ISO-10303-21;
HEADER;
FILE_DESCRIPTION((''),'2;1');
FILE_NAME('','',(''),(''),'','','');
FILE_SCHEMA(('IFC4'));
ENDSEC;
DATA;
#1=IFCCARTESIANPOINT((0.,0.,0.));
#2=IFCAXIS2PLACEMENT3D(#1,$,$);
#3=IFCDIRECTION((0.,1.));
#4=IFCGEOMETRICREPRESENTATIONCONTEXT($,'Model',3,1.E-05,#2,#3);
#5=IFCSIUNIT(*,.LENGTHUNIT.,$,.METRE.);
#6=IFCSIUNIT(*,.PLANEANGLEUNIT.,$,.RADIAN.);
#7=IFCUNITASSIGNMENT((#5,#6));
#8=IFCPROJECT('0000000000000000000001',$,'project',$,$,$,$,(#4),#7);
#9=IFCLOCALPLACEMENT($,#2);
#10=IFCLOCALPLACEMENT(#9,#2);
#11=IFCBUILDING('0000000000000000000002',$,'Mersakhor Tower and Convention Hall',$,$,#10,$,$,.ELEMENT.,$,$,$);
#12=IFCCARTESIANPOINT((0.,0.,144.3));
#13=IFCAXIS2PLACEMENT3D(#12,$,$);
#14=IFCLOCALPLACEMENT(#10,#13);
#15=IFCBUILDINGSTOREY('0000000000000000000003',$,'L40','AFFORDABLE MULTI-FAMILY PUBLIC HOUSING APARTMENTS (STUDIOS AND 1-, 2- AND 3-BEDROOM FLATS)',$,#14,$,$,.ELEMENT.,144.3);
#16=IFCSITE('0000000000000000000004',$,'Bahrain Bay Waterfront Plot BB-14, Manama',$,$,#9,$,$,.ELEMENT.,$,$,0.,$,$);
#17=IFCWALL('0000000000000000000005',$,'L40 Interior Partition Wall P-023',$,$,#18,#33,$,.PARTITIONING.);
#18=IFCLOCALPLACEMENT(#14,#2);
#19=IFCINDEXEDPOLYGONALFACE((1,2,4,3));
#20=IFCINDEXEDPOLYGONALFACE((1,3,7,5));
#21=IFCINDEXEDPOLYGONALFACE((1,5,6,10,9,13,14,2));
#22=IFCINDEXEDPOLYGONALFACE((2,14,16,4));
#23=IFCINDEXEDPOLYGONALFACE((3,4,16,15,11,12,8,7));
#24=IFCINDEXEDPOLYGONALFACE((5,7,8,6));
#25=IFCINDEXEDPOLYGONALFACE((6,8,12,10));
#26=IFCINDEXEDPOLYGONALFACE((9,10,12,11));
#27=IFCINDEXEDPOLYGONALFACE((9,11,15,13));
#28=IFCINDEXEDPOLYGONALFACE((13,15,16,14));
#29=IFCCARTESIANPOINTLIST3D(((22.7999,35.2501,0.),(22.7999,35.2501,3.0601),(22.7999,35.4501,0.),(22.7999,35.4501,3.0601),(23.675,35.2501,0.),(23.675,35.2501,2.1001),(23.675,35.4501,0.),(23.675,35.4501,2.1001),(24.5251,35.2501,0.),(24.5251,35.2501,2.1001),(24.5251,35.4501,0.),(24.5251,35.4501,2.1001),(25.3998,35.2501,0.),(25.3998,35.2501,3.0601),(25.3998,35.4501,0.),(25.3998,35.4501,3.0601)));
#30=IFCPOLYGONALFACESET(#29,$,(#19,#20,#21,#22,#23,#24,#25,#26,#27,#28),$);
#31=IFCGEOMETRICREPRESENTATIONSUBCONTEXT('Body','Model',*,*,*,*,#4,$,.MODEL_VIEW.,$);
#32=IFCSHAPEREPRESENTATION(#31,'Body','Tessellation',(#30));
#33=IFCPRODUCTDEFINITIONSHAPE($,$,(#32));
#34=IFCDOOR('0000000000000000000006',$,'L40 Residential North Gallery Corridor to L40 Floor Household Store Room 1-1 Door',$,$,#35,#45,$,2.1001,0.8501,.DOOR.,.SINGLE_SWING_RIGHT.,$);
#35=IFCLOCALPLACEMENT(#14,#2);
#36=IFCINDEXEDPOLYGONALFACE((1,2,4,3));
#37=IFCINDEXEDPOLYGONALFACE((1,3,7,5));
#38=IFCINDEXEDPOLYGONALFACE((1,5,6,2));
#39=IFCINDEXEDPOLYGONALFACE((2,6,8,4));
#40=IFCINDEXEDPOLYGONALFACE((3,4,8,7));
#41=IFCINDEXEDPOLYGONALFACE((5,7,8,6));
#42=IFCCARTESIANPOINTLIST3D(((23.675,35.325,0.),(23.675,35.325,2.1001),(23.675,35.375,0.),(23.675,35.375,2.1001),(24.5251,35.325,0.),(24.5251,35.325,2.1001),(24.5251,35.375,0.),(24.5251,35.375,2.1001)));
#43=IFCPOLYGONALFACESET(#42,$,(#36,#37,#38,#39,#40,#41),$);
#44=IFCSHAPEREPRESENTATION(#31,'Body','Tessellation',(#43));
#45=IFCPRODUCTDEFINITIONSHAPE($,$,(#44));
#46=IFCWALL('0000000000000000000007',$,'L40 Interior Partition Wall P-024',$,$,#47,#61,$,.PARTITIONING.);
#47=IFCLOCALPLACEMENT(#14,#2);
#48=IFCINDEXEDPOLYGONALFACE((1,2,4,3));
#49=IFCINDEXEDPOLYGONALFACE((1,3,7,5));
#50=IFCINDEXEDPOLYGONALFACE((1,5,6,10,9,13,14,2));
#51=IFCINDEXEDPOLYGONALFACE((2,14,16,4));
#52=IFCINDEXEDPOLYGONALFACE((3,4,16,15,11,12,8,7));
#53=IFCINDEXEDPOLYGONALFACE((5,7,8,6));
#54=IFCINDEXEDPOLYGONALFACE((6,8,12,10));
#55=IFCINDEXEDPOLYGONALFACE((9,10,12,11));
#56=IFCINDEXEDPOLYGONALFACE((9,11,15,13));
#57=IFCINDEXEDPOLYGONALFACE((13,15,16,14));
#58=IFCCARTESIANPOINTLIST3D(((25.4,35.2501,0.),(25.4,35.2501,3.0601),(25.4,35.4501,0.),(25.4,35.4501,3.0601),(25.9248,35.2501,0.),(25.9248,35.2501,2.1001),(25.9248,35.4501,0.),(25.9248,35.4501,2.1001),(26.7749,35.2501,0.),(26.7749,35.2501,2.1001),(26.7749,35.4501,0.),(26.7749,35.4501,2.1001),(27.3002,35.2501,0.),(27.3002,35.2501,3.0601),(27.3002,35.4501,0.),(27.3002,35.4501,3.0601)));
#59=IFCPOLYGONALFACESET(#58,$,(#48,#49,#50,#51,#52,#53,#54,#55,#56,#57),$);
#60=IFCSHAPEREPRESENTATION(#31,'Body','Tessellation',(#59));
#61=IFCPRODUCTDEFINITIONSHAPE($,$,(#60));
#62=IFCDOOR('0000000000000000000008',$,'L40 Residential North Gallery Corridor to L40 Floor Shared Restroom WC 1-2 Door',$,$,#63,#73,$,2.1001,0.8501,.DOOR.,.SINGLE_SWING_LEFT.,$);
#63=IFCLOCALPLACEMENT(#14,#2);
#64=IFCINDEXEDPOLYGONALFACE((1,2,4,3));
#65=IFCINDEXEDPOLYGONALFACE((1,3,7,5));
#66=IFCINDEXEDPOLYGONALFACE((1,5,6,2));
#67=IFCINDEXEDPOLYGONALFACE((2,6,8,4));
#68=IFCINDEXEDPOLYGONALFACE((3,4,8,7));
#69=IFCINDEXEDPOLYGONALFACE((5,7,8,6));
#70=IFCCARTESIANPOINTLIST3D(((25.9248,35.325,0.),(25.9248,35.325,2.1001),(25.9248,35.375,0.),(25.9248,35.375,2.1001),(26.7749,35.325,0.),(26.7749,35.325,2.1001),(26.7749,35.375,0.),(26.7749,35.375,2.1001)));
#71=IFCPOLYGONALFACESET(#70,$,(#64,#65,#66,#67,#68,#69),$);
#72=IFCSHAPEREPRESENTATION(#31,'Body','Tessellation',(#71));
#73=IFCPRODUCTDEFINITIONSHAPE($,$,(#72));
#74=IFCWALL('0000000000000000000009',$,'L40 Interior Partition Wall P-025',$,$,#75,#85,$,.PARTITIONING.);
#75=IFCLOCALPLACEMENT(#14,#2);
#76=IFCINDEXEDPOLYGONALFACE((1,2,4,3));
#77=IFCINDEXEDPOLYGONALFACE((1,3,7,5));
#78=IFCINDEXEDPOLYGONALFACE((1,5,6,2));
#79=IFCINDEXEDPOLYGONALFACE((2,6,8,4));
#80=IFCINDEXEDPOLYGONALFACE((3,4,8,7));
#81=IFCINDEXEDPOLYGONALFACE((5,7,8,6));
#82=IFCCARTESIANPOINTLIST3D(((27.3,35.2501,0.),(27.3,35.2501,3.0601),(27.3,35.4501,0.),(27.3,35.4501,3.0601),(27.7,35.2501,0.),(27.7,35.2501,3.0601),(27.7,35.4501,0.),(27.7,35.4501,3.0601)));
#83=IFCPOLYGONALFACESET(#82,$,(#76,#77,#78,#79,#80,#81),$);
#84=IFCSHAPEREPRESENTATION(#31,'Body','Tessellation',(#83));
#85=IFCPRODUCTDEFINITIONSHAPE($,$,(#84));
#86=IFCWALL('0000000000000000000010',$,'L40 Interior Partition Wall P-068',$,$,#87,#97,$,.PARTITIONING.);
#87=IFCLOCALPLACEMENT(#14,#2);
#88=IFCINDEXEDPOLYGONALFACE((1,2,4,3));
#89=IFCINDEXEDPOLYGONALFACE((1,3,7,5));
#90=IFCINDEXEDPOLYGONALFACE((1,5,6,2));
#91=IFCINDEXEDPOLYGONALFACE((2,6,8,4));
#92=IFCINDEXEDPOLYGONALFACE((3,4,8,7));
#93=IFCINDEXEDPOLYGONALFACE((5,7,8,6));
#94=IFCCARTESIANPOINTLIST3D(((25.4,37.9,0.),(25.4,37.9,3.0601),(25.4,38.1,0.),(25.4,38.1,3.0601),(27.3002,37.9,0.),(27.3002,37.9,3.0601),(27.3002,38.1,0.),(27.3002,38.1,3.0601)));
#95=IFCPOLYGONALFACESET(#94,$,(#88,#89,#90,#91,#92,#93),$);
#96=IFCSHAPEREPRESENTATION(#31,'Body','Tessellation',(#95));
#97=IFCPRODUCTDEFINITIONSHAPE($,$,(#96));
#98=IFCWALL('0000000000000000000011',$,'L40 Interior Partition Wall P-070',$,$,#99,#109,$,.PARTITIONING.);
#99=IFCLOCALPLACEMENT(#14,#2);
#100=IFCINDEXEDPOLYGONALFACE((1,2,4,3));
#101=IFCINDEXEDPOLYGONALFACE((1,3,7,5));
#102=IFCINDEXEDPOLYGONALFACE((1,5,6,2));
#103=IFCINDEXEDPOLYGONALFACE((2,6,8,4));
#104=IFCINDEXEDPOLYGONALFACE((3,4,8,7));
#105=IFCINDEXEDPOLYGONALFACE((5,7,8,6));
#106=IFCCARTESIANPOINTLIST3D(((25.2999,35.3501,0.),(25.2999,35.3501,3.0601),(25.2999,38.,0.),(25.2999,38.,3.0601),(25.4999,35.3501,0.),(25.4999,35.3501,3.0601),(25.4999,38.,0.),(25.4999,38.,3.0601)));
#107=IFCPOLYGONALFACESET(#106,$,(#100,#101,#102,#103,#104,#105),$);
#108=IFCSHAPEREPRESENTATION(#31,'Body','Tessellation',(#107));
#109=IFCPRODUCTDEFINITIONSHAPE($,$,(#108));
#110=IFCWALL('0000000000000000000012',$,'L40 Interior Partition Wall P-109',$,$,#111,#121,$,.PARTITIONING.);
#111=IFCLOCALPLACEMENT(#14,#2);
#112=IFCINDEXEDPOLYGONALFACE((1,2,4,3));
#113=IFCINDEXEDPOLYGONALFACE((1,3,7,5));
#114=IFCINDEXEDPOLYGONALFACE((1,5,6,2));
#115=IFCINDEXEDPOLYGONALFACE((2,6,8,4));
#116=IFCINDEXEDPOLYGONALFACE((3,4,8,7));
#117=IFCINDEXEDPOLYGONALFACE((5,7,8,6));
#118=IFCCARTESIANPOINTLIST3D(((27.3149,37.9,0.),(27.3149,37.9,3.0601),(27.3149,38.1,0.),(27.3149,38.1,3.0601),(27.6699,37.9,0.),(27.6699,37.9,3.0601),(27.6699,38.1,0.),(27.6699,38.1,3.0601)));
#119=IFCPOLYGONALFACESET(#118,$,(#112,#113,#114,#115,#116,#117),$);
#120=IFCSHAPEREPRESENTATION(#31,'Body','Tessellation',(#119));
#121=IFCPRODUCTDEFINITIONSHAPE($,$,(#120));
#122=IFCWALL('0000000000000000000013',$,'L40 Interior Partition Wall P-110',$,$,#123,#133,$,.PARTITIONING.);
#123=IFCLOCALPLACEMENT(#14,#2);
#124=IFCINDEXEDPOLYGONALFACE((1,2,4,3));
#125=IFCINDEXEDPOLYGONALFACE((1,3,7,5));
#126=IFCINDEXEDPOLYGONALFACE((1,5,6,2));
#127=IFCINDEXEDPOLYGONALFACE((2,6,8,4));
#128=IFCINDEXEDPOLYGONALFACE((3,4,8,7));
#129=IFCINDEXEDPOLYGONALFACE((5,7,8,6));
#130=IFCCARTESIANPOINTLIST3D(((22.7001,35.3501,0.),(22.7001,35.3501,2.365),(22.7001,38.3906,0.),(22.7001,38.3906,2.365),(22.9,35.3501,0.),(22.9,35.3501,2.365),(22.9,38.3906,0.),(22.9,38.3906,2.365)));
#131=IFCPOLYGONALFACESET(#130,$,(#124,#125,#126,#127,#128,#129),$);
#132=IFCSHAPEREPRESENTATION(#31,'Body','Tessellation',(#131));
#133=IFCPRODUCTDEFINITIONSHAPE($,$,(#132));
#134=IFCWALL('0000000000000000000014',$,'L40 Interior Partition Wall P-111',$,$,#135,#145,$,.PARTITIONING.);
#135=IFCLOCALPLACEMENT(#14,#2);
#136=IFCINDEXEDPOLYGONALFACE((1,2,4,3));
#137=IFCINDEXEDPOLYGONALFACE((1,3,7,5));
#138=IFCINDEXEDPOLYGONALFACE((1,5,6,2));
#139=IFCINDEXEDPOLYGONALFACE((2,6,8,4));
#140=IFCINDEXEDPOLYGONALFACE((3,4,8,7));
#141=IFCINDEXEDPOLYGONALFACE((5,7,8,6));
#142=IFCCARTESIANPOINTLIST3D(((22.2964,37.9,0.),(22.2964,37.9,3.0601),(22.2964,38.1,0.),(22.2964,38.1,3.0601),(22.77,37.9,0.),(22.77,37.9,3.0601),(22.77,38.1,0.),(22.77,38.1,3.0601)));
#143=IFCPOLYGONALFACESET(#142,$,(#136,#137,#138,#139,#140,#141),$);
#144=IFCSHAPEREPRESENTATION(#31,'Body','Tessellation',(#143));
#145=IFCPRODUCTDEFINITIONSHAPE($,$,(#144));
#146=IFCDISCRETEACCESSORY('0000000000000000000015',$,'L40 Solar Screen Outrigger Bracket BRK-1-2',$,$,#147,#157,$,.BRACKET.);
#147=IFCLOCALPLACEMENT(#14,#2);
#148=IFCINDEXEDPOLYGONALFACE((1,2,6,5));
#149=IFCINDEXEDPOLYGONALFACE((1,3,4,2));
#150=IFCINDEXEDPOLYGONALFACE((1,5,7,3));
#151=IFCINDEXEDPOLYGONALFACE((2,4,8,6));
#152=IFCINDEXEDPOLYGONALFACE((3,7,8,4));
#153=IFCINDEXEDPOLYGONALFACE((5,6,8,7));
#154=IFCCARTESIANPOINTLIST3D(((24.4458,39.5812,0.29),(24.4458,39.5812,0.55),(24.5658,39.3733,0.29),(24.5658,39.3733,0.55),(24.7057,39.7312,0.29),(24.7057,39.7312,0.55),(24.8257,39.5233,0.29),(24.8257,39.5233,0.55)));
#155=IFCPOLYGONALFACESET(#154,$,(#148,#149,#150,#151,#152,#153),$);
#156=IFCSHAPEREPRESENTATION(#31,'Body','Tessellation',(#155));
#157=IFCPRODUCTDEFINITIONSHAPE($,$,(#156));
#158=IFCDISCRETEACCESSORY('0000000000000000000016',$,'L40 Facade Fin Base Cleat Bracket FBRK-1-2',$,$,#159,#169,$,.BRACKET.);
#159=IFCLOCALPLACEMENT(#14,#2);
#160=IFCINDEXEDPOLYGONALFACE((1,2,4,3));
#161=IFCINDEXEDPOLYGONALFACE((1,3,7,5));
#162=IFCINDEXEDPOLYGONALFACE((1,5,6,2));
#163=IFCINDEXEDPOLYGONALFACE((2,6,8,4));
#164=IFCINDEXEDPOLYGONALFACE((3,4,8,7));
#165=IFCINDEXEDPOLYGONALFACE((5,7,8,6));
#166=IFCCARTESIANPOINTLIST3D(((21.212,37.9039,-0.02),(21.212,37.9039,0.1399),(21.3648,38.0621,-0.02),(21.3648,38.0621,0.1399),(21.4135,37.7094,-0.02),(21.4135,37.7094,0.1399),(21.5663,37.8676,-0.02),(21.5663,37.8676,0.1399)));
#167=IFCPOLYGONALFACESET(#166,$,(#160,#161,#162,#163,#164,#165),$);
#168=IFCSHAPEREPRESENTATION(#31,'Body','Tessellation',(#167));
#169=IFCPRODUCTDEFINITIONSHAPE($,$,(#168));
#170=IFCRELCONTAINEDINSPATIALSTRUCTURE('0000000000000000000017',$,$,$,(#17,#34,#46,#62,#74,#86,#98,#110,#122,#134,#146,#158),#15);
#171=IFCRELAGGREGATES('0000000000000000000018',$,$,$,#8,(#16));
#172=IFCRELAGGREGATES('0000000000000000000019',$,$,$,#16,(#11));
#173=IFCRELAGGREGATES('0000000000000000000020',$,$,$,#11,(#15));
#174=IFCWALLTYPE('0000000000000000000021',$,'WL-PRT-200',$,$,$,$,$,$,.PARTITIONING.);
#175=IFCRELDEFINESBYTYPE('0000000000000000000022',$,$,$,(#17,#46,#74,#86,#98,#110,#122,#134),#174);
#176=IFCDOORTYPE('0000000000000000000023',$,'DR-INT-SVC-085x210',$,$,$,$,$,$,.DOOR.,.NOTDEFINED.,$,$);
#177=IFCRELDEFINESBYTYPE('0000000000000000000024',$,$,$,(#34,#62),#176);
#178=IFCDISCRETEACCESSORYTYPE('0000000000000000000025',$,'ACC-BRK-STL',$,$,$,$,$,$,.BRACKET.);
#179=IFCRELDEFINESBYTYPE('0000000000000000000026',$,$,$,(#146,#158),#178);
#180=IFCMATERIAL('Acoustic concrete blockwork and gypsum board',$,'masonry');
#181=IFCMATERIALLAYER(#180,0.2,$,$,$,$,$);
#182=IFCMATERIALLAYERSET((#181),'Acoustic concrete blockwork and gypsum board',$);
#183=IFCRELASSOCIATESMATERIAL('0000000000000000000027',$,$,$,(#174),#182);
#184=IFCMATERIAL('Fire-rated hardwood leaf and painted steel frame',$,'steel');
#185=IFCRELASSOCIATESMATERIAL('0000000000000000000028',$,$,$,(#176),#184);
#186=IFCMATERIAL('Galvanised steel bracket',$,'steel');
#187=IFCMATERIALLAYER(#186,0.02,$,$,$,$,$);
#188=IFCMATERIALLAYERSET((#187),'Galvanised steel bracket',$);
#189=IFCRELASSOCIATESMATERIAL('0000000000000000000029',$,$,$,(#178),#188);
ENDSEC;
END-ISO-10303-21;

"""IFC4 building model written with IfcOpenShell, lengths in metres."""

from ifc_helpers import new_model, si_unit, direction, frame, frame_2d, origin, origin_2d, place, context, subcontext, project, spatial, rectangle, extrude, material, layer, layer_set, type_object, element, fill, save


model = new_model("IFC4")

# Units and contexts
model_context = context("Model", 3, precision=1e-05, world=origin(), true_north=direction((0.0, 1.0)))
body_context = subcontext(model_context, "Body", "Model", "MODEL_VIEW")
ifc_project = project(units=[si_unit("LENGTHUNIT", "METRE"), si_unit("PLANEANGLEUNIT", "RADIAN")], contexts=[model_context])

# Site, building, storey
site_placement = place(None, origin())
site = spatial("IfcSite", under=ifc_project, at=site_placement, Name="Bahrain Bay Waterfront Plot BB-14, Manama", CompositionType="ELEMENT", RefElevation=0.0)
building_placement = place(site_placement, origin())
building = spatial("IfcBuilding", under=site, at=building_placement, Name="Mersakhor Tower and Convention Hall", CompositionType="ELEMENT")
storey_placement = place(building_placement, frame((0.0, 0.0, 144.3)))
storey = spatial("IfcBuildingStorey", under=building, at=storey_placement, Name="L40", Description="AFFORDABLE MULTI-FAMILY PUBLIC HOUSING APARTMENTS (STUDIOS AND 1-, 2- AND 3-BEDROOM FLATS)", CompositionType="ELEMENT", Elevation=144.3)

# Shared definitions
ifc_material_1 = material(Name="Acoustic concrete blockwork and gypsum board", Category="masonry")
ifc_layer_1 = layer(ifc_material_1, 0.2)
ifc_layer_set_1 = layer_set([ifc_layer_1], Name="Acoustic concrete blockwork and gypsum board")
wall_type_1 = type_object("IfcWallType", Name="WL-PRT-200", PredefinedType="PARTITIONING", material=ifc_layer_set_1)

# Walls, openings, doors
wall_1_placement = place(storey_placement, frame((22.8, 35.3501, 0.0), z_axis=(0.0, 0.0, 1.0), x_axis=(1.0, 0.0, 0.0)))
wall_1 = element("IfcWall", 1, at=wall_1_placement, inside=storey, type_object=wall_type_1, Name="L40 Interior Partition Wall P-023", PredefinedType="PARTITIONING", context=body_context, shape_type="SweptSolid", body=[
    extrude(rectangle(XDim=2.5999, YDim=0.2, at=frame_2d((1.2998, 0.0))), origin(), (0.0, 0.0, 1.0), 3.0601),
])
opening_1_placement = place(wall_1_placement, frame((0.875, 0.0, 0.0)))
opening_1 = element("IfcOpeningElement", 2, at=opening_1_placement, cuts=wall_1, PredefinedType="OPENING", context=body_context, shape_type="SweptSolid", body=[
    extrude(rectangle(XDim=0.8501, YDim=2.1001, at=frame_2d((0.425, 1.05))), frame((0.0, 0.1099, 0.0), z_axis=(0.0, -1.0, 0.0), x_axis=(1.0, 0.0, 0.0)), (0.0, 0.0, 1.0), 0.22),
])
ifc_material_2 = material(Name="Fire-rated hardwood leaf and painted steel frame", Category="steel")
door_type = type_object("IfcDoorType", Name="DR-INT-SVC-085x210", OperationType="NOTDEFINED", PredefinedType="DOOR", material=ifc_material_2)
door_1_placement = place(opening_1_placement, origin())
door_1 = element("IfcDoor", 3, at=door_1_placement, inside=storey, type_object=door_type, Name="L40 Residential North Gallery Corridor to L40 Floor Household Store Room 1-1 Door", OperationType="SINGLE_SWING_RIGHT", OverallHeight=2.1001, OverallWidth=0.8501, PredefinedType="DOOR", context=body_context, shape_type="SweptSolid", body=[
    extrude(rectangle(XDim=0.8501, YDim=2.1001, at=frame_2d((0.425, 1.05))), frame((0.0, 0.0249, 0.0), z_axis=(0.0, -1.0, 0.0), x_axis=(1.0, 0.0, 0.0)), (0.0, 0.0, 1.0), 0.05),
])
fill(opening_1, door_1)
wall_2_placement = place(storey_placement, frame((25.3999, 35.3501, 0.0), z_axis=(0.0, 0.0, 1.0), x_axis=(1.0, 0.0, 0.0)))
wall_2 = element("IfcWall", 4, at=wall_2_placement, inside=storey, type_object=wall_type_1, Name="L40 Interior Partition Wall P-024", PredefinedType="PARTITIONING", context=body_context, shape_type="SweptSolid", body=[
    extrude(rectangle(XDim=1.9001, YDim=0.2, at=frame_2d((0.9502, 0.0))), origin(), (0.0, 0.0, 1.0), 3.0601),
])
opening_2_placement = place(wall_2_placement, frame((0.5249, 0.0, 0.0)))
opening_2 = element("IfcOpeningElement", 5, at=opening_2_placement, cuts=wall_2, PredefinedType="OPENING", context=body_context, shape_type="SweptSolid", body=[
    extrude(rectangle(XDim=0.8501, YDim=2.1001, at=frame_2d((0.425, 1.05))), frame((0.0, 0.1099, 0.0), z_axis=(0.0, -1.0, 0.0), x_axis=(1.0, 0.0, 0.0)), (0.0, 0.0, 1.0), 0.22),
])
door_2_placement = place(opening_2_placement, origin())
door_2 = element("IfcDoor", 6, at=door_2_placement, inside=storey, type_object=door_type, Name="L40 Residential North Gallery Corridor to L40 Floor Shared Restroom WC 1-2 Door", OperationType="SINGLE_SWING_LEFT", OverallHeight=2.1001, OverallWidth=0.8501, PredefinedType="DOOR", context=body_context, shape_type="SweptSolid", body=[
    extrude(rectangle(XDim=0.8501, YDim=2.1001, at=frame_2d((0.425, 1.05))), frame((0.0, 0.0249, 0.0), z_axis=(0.0, -1.0, 0.0), x_axis=(1.0, 0.0, 0.0)), (0.0, 0.0, 1.0), 0.05),
])
fill(opening_2, door_2)

# Walls
wall_3_placement = place(storey_placement, frame((27.3, 35.3501, 0.0), z_axis=(0.0, 0.0, 1.0), x_axis=(1.0, 0.0, 0.0)))
element("IfcWall", 7, at=wall_3_placement, inside=storey, type_object=wall_type_1, Name="L40 Interior Partition Wall P-025", PredefinedType="PARTITIONING", context=body_context, shape_type="SweptSolid", body=[
    extrude(rectangle(XDim=0.3999, YDim=0.2, at=frame_2d((0.2, 0.0))), origin(), (0.0, 0.0, 1.0), 3.0601),
])
wall_4_placement = place(storey_placement, frame((25.3999, 38.0, 0.0), z_axis=(0.0, 0.0, 1.0), x_axis=(1.0, 0.0, 0.0)))
element("IfcWall", 8, at=wall_4_placement, inside=storey, type_object=wall_type_1, Name="L40 Interior Partition Wall P-068", PredefinedType="PARTITIONING", context=body_context, shape_type="SweptSolid", body=[
    extrude(rectangle(XDim=1.9001, YDim=0.2, at=frame_2d((0.9502, 0.0))), origin(), (0.0, 0.0, 1.0), 3.0601),
])
wall_5_placement = place(storey_placement, frame((25.3999, 35.3501, 0.0), z_axis=(0.0, 0.0, 1.0), x_axis=(0.0, 1.0, 0.0)))
element("IfcWall", 9, at=wall_5_placement, inside=storey, type_object=wall_type_1, Name="L40 Interior Partition Wall P-070", PredefinedType="PARTITIONING", context=body_context, shape_type="SweptSolid", body=[
    extrude(rectangle(XDim=2.6499, YDim=0.2, at=frame_2d((1.325, 0.0))), origin(), (0.0, 0.0, 1.0), 3.0601),
])
wall_6_placement = place(storey_placement, frame((27.6699, 38.0, 0.0), z_axis=(0.0, 0.0, 1.0), x_axis=(-1.0, 0.0, 0.0)))
element("IfcWall", 10, at=wall_6_placement, inside=storey, type_object=wall_type_1, Name="L40 Interior Partition Wall P-109", PredefinedType="PARTITIONING", context=body_context, shape_type="SweptSolid", body=[
    extrude(rectangle(XDim=0.355, YDim=0.2, at=frame_2d((0.1775, 0.0))), origin(), (0.0, 0.0, 1.0), 3.0601),
])
wall_7_placement = place(storey_placement, frame((22.8, 35.3501, 0.0), z_axis=(0.0, 0.0, 1.0), x_axis=(0.0, 1.0, 0.0)))
element("IfcWall", 11, at=wall_7_placement, inside=storey, type_object=wall_type_1, Name="L40 Interior Partition Wall P-110", PredefinedType="PARTITIONING", context=body_context, shape_type="SweptSolid", body=[
    extrude(rectangle(XDim=3.0405, YDim=0.2, at=frame_2d((1.5203, 0.0))), origin(), (0.0, 0.0, 1.0), 2.365),
])
wall_8_placement = place(storey_placement, frame((22.77, 38.0, 0.0), z_axis=(0.0, 0.0, 1.0), x_axis=(-1.0, 0.0, 0.0)))
element("IfcWall", 12, at=wall_8_placement, inside=storey, type_object=wall_type_1, Name="L40 Interior Partition Wall P-111", PredefinedType="PARTITIONING", context=body_context, shape_type="SweptSolid", body=[
    extrude(rectangle(XDim=0.4736, YDim=0.2, at=frame_2d((0.2368, 0.0))), origin(), (0.0, 0.0, 1.0), 3.0601),
])

# Discrete accessories
ifc_material_3 = material(Name="Galvanised steel bracket", Category="steel")
ifc_layer_2 = layer(ifc_material_3, 0.02)
ifc_layer_set_2 = layer_set([ifc_layer_2], Name="Galvanised steel bracket")
discrete_accessory_type = type_object("IfcDiscreteAccessoryType", Name="ACC-BRK-STL", PredefinedType="BRACKET", material=ifc_layer_set_2)
discrete_accessory_1_placement = place(storey_placement, frame((24.6357, 39.5522, 0.29), z_axis=(0.0, 0.0, 1.0), x_axis=(0.866025, 0.5, 0.0)))
element("IfcDiscreteAccessory", 13, at=discrete_accessory_1_placement, inside=storey, type_object=discrete_accessory_type, Name="L40 Solar Screen Outrigger Bracket BRK-1-2", PredefinedType="BRACKET", context=body_context, shape_type="SweptSolid", body=[
    extrude(rectangle(XDim=0.3, YDim=0.24, at=origin_2d()), origin(), (0.0, 0.0, 1.0), 0.26),
])
discrete_accessory_2_placement = place(storey_placement, frame((21.3892, 37.8857, -0.02), z_axis=(0.0, 0.0, 1.0), x_axis=(-0.71934, 0.694658, 0.0)))
element("IfcDiscreteAccessory", 14, at=discrete_accessory_2_placement, inside=storey, type_object=discrete_accessory_type, Name="L40 Facade Fin Base Cleat Bracket FBRK-1-2", PredefinedType="BRACKET", context=body_context, shape_type="SweptSolid", body=[
    extrude(rectangle(XDim=0.28, YDim=0.22, at=origin_2d()), origin(), (0.0, 0.0, 1.0), 0.1599),
])

save(model, "model.ifc")
